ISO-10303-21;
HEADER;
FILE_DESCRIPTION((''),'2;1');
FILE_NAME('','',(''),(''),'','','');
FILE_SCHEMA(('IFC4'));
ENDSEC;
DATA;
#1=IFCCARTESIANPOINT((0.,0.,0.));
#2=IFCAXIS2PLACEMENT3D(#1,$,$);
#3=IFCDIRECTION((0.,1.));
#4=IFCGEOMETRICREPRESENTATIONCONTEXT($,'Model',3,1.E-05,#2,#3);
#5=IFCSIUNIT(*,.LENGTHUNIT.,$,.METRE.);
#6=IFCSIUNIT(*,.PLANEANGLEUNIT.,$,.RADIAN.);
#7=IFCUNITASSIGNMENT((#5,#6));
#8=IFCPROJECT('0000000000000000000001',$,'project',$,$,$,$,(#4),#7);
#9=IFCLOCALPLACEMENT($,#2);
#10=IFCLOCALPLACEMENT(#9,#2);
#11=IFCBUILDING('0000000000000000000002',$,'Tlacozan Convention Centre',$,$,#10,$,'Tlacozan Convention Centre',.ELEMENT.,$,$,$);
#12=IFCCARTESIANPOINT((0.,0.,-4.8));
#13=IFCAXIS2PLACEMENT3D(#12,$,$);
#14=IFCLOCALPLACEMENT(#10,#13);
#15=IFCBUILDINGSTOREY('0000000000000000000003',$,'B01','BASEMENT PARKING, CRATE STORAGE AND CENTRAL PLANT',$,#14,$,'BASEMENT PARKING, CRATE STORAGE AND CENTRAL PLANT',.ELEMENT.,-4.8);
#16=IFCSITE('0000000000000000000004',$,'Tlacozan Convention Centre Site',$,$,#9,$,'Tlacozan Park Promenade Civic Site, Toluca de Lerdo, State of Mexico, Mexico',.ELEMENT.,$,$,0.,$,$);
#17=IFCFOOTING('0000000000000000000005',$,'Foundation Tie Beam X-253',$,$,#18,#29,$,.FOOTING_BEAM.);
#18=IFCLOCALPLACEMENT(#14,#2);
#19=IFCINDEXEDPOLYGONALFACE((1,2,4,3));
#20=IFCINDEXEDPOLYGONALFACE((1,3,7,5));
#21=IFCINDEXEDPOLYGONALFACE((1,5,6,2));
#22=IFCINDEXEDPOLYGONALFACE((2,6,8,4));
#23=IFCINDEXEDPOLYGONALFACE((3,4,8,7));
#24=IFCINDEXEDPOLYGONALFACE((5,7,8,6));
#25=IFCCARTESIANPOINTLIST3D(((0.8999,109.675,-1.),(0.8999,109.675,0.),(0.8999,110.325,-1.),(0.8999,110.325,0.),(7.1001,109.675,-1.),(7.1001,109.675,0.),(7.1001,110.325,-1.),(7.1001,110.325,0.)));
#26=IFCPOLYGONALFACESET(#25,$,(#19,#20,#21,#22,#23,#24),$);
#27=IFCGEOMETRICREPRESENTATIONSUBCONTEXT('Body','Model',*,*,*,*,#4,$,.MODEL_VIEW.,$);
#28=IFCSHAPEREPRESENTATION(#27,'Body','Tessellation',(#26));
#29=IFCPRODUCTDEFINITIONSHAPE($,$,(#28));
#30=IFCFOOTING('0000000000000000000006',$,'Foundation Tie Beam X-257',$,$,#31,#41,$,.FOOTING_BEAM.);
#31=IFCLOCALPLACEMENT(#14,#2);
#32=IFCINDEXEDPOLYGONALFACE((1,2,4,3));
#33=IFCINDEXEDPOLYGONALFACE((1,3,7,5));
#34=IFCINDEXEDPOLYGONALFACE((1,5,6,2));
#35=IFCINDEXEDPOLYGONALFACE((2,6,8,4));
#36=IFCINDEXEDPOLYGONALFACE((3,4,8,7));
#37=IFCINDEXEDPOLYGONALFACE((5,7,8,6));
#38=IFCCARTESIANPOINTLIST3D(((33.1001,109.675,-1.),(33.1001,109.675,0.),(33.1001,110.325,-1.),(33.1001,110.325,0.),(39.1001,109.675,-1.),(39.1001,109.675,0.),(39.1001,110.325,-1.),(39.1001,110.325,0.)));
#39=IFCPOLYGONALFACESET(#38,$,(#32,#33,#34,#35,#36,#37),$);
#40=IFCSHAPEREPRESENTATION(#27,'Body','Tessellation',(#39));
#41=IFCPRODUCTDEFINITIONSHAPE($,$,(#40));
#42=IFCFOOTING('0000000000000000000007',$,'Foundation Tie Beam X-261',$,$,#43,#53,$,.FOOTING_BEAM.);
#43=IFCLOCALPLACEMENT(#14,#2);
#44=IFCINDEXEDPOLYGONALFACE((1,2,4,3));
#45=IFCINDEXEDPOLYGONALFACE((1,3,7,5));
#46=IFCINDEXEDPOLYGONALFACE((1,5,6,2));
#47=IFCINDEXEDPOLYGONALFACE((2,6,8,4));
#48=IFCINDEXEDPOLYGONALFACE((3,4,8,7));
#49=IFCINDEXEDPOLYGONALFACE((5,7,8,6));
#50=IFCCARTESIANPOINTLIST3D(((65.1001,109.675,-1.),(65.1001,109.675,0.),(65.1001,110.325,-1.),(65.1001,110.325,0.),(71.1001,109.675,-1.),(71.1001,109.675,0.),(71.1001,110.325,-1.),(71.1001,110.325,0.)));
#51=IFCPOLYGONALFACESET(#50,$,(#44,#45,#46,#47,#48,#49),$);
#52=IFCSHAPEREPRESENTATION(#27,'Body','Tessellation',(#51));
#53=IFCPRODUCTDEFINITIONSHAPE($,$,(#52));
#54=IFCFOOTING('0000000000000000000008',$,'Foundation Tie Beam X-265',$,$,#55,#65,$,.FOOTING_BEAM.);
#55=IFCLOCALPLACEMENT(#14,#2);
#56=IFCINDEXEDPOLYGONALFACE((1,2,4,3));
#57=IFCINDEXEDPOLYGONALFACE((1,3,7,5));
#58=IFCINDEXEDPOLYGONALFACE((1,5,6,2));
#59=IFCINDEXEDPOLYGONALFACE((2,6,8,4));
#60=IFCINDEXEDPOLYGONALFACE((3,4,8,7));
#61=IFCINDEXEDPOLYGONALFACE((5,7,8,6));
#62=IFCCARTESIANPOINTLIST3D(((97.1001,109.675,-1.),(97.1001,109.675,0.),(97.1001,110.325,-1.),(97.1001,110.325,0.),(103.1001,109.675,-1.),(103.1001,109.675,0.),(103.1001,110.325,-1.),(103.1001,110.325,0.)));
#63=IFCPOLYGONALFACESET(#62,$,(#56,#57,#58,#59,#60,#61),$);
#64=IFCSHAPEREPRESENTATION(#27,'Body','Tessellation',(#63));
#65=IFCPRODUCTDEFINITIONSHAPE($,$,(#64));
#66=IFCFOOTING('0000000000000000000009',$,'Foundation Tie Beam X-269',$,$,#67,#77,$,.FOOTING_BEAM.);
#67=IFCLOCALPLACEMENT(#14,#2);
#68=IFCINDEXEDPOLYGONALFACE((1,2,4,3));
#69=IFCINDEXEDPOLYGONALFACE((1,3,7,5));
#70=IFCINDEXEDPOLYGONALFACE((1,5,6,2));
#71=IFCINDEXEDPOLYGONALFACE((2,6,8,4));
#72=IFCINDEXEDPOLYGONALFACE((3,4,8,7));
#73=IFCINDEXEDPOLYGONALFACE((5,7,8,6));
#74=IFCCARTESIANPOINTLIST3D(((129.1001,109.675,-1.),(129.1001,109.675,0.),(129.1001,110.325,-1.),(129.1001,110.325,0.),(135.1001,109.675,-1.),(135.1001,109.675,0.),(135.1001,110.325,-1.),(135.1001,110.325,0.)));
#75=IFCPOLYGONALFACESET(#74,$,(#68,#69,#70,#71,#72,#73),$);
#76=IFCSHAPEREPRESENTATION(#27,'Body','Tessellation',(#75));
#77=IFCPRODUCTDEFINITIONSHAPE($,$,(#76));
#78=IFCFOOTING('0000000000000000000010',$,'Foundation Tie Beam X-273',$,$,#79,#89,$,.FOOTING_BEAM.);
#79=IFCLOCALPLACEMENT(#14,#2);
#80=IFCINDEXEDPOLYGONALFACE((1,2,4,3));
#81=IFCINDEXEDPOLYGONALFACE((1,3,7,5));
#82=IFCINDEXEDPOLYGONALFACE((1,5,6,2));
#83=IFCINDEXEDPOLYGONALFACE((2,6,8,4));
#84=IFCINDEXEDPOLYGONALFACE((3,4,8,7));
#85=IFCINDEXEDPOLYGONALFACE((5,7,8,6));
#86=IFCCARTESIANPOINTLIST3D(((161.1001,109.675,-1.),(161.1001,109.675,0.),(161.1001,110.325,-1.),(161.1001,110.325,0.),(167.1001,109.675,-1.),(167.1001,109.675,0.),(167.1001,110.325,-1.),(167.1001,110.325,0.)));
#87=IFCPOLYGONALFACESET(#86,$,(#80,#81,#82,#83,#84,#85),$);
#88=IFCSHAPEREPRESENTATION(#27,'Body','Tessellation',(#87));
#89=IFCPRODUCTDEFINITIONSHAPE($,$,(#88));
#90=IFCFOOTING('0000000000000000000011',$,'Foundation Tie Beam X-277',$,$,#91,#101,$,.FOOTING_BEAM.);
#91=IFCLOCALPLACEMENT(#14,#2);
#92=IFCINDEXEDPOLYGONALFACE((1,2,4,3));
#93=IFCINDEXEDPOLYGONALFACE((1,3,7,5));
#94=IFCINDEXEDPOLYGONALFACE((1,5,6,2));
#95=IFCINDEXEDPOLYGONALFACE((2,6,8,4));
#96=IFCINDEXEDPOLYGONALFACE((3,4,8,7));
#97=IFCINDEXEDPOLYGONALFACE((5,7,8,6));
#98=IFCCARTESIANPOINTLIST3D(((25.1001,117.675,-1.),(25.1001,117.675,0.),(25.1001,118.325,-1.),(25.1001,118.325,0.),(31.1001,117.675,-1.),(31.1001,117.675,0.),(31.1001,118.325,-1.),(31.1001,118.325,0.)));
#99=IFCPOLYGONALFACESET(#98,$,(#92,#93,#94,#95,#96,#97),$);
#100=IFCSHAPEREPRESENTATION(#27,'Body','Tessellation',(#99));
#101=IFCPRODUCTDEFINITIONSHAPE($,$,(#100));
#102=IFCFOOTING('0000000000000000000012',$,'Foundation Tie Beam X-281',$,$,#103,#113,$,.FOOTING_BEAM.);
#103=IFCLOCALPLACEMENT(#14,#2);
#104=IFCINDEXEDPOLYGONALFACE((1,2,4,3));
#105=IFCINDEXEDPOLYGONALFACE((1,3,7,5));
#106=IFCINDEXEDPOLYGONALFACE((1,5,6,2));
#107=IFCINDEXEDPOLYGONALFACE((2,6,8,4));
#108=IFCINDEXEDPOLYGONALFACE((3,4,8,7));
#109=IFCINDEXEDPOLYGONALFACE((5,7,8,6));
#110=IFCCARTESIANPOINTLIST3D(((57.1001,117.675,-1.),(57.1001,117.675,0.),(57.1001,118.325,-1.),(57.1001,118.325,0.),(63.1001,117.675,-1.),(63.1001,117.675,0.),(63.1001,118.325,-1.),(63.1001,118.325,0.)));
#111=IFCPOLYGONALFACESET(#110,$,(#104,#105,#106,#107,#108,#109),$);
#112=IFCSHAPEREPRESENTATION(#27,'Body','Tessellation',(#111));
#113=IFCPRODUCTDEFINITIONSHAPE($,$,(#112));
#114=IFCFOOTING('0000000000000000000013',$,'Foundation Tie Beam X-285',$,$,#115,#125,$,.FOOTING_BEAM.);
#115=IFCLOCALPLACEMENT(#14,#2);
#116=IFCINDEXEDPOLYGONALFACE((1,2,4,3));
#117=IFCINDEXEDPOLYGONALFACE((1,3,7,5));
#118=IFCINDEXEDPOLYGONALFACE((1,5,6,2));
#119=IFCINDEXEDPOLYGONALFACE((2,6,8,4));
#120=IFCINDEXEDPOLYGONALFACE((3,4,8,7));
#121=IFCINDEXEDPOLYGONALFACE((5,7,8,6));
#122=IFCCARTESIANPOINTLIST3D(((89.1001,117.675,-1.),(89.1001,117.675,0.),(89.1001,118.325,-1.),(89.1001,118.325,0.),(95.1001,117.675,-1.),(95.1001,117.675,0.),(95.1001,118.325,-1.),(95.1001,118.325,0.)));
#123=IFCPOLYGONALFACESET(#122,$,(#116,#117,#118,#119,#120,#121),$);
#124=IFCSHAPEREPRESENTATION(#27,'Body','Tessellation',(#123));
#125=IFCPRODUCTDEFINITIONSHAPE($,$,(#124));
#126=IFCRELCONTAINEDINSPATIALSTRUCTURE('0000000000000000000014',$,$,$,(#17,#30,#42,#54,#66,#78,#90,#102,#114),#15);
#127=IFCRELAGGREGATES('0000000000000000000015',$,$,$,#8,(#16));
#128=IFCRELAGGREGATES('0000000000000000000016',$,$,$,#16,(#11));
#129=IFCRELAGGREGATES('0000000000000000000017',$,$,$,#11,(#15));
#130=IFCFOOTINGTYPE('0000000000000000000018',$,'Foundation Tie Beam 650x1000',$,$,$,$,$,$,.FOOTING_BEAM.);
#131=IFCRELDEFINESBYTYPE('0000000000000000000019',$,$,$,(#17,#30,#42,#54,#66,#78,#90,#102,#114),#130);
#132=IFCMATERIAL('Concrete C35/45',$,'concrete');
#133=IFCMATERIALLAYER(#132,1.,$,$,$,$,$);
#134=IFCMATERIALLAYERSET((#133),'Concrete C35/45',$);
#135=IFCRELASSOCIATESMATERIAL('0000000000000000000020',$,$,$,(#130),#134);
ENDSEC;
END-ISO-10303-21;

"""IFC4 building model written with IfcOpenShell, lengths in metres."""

from ifc_helpers import new_model, si_unit, direction, frame, origin, place, context, subcontext, project, spatial, polyline, outline, extrude, material, layer, layer_set, type_object, element, save


model = new_model("IFC4")

# Units and contexts
model_context = context("Model", 3, precision=1e-05, world=origin(), true_north=direction((0.0, 1.0)))
body_context = subcontext(model_context, "Body", "Model", "MODEL_VIEW")
ifc_project = project(units=[si_unit("LENGTHUNIT", "METRE"), si_unit("PLANEANGLEUNIT", "RADIAN")], contexts=[model_context])

# Site, building, storey
site_placement = place(None, origin())
site = spatial("IfcSite", under=ifc_project, at=site_placement, Name="Tlacozan Convention Centre Site", LongName="Tlacozan Park Promenade Civic Site, Toluca de Lerdo, State of Mexico, Mexico", CompositionType="ELEMENT", RefElevation=0.0)
building_placement = place(site_placement, origin())
building = spatial("IfcBuilding", under=site, at=building_placement, Name="Tlacozan Convention Centre", LongName="Tlacozan Convention Centre", CompositionType="ELEMENT")
storey_placement = place(building_placement, frame((0.0, 0.0, -4.8)))
storey = spatial("IfcBuildingStorey", under=building, at=storey_placement, Name="B01", Description="BASEMENT PARKING, CRATE STORAGE AND CENTRAL PLANT", LongName="BASEMENT PARKING, CRATE STORAGE AND CENTRAL PLANT", CompositionType="ELEMENT", Elevation=-4.8)

# Footings
ifc_material = material(Name="Concrete C35/45", Category="concrete")
ifc_layer = layer(ifc_material, 1.0)
ifc_layer_set = layer_set([ifc_layer], Name="Concrete C35/45")
footing_type = type_object("IfcFootingType", Name="Foundation Tie Beam 650x1000", PredefinedType="FOOTING_BEAM", material=ifc_layer_set)
footing_1_placement = place(storey_placement, frame((0.0, 0.0, -1.0)))
element("IfcFooting", 1, at=footing_1_placement, inside=storey, type_object=footing_type, Name="Foundation Tie Beam X-253", PredefinedType="FOOTING_BEAM", context=body_context, shape_type="SweptSolid", body=[
    extrude(outline(polyline([(0.8999, 109.675), (7.1001, 109.675), (7.1001, 110.325), (0.8999, 110.325), (0.8999, 109.675)])), origin(), (0.0, 0.0, 1.0), 1.0),
])
footing_2_placement = place(storey_placement, frame((0.0, 0.0, -1.0)))
element("IfcFooting", 2, at=footing_2_placement, inside=storey, type_object=footing_type, Name="Foundation Tie Beam X-257", PredefinedType="FOOTING_BEAM", context=body_context, shape_type="SweptSolid", body=[
    extrude(outline(polyline([(33.1001, 109.675), (39.1001, 109.675), (39.1001, 110.325), (33.1001, 110.325), (33.1001, 109.675)])), origin(), (0.0, 0.0, 1.0), 1.0),
])
footing_3_placement = place(storey_placement, frame((0.0, 0.0, -1.0)))
element("IfcFooting", 3, at=footing_3_placement, inside=storey, type_object=footing_type, Name="Foundation Tie Beam X-261", PredefinedType="FOOTING_BEAM", context=body_context, shape_type="SweptSolid", body=[
    extrude(outline(polyline([(65.1001, 109.675), (71.1001, 109.675), (71.1001, 110.325), (65.1001, 110.325), (65.1001, 109.675)])), origin(), (0.0, 0.0, 1.0), 1.0),
])
footing_4_placement = place(storey_placement, frame((0.0, 0.0, -1.0)))
element("IfcFooting", 4, at=footing_4_placement, inside=storey, type_object=footing_type, Name="Foundation Tie Beam X-265", PredefinedType="FOOTING_BEAM", context=body_context, shape_type="SweptSolid", body=[
    extrude(outline(polyline([(97.1001, 109.675), (103.1001, 109.675), (103.1001, 110.325), (97.1001, 110.325), (97.1001, 109.675)])), origin(), (0.0, 0.0, 1.0), 1.0),
])
footing_5_placement = place(storey_placement, frame((0.0, 0.0, -1.0)))
element("IfcFooting", 5, at=footing_5_placement, inside=storey, type_object=footing_type, Name="Foundation Tie Beam X-269", PredefinedType="FOOTING_BEAM", context=body_context, shape_type="SweptSolid", body=[
    extrude(outline(polyline([(129.1001, 109.675), (135.1001, 109.675), (135.1001, 110.325), (129.1001, 110.325), (129.1001, 109.675)])), origin(), (0.0, 0.0, 1.0), 1.0),
])
footing_6_placement = place(storey_placement, frame((0.0, 0.0, -1.0)))
element("IfcFooting", 6, at=footing_6_placement, inside=storey, type_object=footing_type, Name="Foundation Tie Beam X-273", PredefinedType="FOOTING_BEAM", context=body_context, shape_type="SweptSolid", body=[
    extrude(outline(polyline([(161.1001, 109.675), (167.1001, 109.675), (167.1001, 110.325), (161.1001, 110.325), (161.1001, 109.675)])), origin(), (0.0, 0.0, 1.0), 1.0),
])
footing_7_placement = place(storey_placement, frame((0.0, 0.0, -1.0)))
element("IfcFooting", 7, at=footing_7_placement, inside=storey, type_object=footing_type, Name="Foundation Tie Beam X-277", PredefinedType="FOOTING_BEAM", context=body_context, shape_type="SweptSolid", body=[
    extrude(outline(polyline([(25.1001, 117.675), (31.1001, 117.675), (31.1001, 118.325), (25.1001, 118.325), (25.1001, 117.675)])), origin(), (0.0, 0.0, 1.0), 1.0),
])
footing_8_placement = place(storey_placement, frame((0.0, 0.0, -1.0)))
element("IfcFooting", 8, at=footing_8_placement, inside=storey, type_object=footing_type, Name="Foundation Tie Beam X-281", PredefinedType="FOOTING_BEAM", context=body_context, shape_type="SweptSolid", body=[
    extrude(outline(polyline([(57.1001, 117.675), (63.1001, 117.675), (63.1001, 118.325), (57.1001, 118.325), (57.1001, 117.675)])), origin(), (0.0, 0.0, 1.0), 1.0),
])
footing_9_placement = place(storey_placement, frame((0.0, 0.0, -1.0)))
element("IfcFooting", 9, at=footing_9_placement, inside=storey, type_object=footing_type, Name="Foundation Tie Beam X-285", PredefinedType="FOOTING_BEAM", context=body_context, shape_type="SweptSolid", body=[
    extrude(outline(polyline([(89.1001, 117.675), (95.1001, 117.675), (95.1001, 118.325), (89.1001, 118.325), (89.1001, 117.675)])), origin(), (0.0, 0.0, 1.0), 1.0),
])

save(model, "model.ifc")
